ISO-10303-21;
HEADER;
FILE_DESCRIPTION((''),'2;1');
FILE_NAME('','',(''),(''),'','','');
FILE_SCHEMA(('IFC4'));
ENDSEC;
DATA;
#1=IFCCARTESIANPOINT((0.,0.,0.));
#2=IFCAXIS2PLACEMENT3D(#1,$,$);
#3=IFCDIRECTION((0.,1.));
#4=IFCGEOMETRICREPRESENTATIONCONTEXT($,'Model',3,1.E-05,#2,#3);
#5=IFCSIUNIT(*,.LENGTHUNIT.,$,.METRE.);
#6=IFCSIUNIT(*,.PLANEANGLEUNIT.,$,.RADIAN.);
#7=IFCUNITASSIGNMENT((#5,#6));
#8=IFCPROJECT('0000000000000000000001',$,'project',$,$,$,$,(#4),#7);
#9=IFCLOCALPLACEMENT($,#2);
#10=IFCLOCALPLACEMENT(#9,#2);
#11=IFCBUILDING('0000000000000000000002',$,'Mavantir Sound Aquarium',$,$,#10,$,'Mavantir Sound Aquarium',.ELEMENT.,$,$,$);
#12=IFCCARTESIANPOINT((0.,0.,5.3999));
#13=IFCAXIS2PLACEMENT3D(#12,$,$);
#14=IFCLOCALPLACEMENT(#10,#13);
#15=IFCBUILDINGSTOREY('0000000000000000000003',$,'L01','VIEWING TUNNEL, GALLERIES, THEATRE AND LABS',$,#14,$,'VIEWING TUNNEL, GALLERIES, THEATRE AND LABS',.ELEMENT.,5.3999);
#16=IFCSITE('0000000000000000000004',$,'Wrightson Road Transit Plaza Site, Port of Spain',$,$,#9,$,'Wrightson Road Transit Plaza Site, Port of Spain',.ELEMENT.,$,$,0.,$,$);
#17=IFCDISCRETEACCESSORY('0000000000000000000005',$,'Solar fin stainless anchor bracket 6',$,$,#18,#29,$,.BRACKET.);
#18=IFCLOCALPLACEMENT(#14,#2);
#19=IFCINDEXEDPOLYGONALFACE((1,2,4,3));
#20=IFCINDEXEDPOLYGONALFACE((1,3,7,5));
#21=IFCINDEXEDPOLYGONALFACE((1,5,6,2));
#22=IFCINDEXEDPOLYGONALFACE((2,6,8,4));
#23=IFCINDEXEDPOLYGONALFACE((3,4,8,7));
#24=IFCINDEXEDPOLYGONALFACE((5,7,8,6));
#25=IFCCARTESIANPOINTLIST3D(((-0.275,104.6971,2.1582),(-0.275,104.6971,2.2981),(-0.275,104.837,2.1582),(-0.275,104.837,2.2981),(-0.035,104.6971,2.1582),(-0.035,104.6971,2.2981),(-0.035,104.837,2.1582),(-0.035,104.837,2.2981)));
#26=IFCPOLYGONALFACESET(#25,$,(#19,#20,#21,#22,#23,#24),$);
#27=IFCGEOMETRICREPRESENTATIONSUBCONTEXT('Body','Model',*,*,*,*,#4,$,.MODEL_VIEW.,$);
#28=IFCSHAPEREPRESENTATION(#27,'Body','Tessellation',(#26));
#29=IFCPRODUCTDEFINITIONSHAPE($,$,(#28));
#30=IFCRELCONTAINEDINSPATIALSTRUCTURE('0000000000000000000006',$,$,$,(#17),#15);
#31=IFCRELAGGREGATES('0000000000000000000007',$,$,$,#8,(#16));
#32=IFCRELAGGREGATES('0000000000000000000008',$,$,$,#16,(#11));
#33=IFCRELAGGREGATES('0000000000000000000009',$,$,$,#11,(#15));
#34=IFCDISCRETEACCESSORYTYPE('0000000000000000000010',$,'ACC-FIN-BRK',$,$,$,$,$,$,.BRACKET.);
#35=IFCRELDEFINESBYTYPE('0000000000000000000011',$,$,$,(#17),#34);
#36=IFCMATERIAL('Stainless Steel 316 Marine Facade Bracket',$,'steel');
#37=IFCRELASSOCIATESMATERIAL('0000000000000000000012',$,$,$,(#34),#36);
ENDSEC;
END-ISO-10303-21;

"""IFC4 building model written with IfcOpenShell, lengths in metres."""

from ifc_helpers import new_model, si_unit, direction, frame, origin, origin_2d, place, context, subcontext, project, spatial, rectangle, extrude, material, type_object, element, save


model = new_model("IFC4")

# Units and contexts
model_context = context("Model", 3, precision=1e-05, world=origin(), true_north=direction((0.0, 1.0)))
body_context = subcontext(model_context, "Body", "Model", "MODEL_VIEW")
ifc_project = project(units=[si_unit("LENGTHUNIT", "METRE"), si_unit("PLANEANGLEUNIT", "RADIAN")], contexts=[model_context])

# Site, building, storey
site_placement = place(None, origin())
site = spatial("IfcSite", under=ifc_project, at=site_placement, Name="Wrightson Road Transit Plaza Site, Port of Spain", LongName="Wrightson Road Transit Plaza Site, Port of Spain", CompositionType="ELEMENT", RefElevation=0.0)
building_placement = place(site_placement, origin())
building = spatial("IfcBuilding", under=site, at=building_placement, Name="Mavantir Sound Aquarium", LongName="Mavantir Sound Aquarium", CompositionType="ELEMENT")
storey_placement = place(building_placement, frame((0.0, 0.0, 5.3999)))
storey = spatial("IfcBuildingStorey", under=building, at=storey_placement, Name="L01", Description="VIEWING TUNNEL, GALLERIES, THEATRE AND LABS", LongName="VIEWING TUNNEL, GALLERIES, THEATRE AND LABS", CompositionType="ELEMENT", Elevation=5.3999)

# Discrete accessory
ifc_material_1 = material(Name="Stainless Steel 316 Marine Facade Bracket", Category="steel")
discrete_accessory_type = type_object("IfcDiscreteAccessoryType", Name="ACC-FIN-BRK", PredefinedType="BRACKET", material=ifc_material_1)
discrete_accessory_placement = place(storey_placement, frame((-0.155, 104.7671, 2.1582), z_axis=(0.0, 0.0, 1.0), x_axis=(0.0, 1.0, 0.0)))
element("IfcDiscreteAccessory", 1, at=discrete_accessory_placement, inside=storey, type_object=discrete_accessory_type, Name="Solar fin stainless anchor bracket 6", PredefinedType="BRACKET", context=body_context, shape_type="SweptSolid", body=[
    extrude(rectangle(XDim=0.1399, YDim=0.24, at=origin_2d()), origin(), (0.0, 0.0, 1.0), 0.1399),
])

save(model, "model.ifc")
